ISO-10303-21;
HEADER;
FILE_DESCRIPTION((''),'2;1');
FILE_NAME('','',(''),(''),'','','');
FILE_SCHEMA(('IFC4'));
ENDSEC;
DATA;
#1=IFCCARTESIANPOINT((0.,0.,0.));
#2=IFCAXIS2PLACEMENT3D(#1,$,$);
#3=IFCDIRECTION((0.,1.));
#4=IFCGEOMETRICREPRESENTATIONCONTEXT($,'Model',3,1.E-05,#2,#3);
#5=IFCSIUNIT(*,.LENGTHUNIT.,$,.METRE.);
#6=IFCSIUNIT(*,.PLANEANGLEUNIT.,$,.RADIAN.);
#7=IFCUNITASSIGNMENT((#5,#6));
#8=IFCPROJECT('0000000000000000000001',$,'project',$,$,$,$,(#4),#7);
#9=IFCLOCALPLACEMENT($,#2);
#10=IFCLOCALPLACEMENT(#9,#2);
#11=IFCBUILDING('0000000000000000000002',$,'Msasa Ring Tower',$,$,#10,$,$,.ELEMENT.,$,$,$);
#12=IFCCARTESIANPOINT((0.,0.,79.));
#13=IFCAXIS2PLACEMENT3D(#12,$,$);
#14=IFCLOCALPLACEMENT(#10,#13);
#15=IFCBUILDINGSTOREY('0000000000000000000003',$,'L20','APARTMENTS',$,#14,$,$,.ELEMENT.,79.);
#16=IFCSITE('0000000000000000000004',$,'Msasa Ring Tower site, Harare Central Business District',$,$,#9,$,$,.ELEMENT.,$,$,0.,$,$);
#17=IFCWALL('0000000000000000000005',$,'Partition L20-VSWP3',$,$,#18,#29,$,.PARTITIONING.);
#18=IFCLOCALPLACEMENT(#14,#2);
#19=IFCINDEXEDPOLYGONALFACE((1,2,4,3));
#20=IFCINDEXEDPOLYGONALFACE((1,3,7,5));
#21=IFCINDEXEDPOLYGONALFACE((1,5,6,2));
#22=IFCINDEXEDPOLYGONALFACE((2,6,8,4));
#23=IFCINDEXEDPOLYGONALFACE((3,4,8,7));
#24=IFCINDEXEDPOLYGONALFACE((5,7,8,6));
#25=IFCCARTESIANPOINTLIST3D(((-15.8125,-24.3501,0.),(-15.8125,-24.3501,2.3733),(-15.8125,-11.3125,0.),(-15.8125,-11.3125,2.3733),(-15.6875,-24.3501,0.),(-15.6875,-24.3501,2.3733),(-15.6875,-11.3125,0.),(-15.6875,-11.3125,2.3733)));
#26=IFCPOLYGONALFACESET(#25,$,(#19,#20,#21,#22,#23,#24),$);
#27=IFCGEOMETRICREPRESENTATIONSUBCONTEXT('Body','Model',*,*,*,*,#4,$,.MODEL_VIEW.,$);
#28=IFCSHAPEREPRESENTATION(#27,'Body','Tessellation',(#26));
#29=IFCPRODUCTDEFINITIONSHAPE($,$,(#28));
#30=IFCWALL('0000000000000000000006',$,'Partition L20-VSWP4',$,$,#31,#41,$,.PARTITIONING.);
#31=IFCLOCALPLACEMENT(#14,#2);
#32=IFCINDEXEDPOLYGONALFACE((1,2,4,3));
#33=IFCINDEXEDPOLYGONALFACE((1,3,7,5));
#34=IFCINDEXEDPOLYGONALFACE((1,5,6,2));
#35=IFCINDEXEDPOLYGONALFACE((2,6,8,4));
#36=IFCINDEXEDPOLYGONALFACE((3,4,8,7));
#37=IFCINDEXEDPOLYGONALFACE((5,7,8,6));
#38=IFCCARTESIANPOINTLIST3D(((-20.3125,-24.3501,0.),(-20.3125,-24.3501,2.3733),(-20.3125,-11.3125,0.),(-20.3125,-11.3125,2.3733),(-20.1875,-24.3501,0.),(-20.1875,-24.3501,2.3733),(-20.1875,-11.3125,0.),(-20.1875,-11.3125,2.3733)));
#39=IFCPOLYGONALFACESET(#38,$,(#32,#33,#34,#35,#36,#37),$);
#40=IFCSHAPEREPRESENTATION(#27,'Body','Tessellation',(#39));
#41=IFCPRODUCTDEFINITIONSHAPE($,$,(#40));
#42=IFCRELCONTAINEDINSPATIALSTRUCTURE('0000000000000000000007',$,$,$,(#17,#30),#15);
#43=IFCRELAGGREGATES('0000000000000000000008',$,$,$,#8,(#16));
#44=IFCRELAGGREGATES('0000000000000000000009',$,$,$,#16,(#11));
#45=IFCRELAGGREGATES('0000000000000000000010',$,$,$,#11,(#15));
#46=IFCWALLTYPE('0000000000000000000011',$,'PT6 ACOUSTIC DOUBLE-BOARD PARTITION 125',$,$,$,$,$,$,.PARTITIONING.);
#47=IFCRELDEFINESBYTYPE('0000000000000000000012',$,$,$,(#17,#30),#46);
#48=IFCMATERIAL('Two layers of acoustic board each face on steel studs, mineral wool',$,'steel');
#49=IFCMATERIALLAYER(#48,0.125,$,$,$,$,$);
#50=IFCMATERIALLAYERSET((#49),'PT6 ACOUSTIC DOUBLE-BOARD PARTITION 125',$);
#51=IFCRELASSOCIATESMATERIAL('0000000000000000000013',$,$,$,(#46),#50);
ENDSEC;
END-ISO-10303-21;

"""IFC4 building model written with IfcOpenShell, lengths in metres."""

from ifc_helpers import new_model, si_unit, direction, frame, frame_2d, origin, place, context, subcontext, project, spatial, rectangle, extrude, material, layer, layer_set, type_object, element, save


model = new_model("IFC4")

# Units and contexts
model_context = context("Model", 3, precision=1e-05, world=origin(), true_north=direction((0.0, 1.0)))
body_context = subcontext(model_context, "Body", "Model", "MODEL_VIEW")
ifc_project = project(units=[si_unit("LENGTHUNIT", "METRE"), si_unit("PLANEANGLEUNIT", "RADIAN")], contexts=[model_context])

# Site, building, storey
site_placement = place(None, origin())
site = spatial("IfcSite", under=ifc_project, at=site_placement, Name="Msasa Ring Tower site, Harare Central Business District", CompositionType="ELEMENT", RefElevation=0.0)
building_placement = place(site_placement, origin())
building = spatial("IfcBuilding", under=site, at=building_placement, Name="Msasa Ring Tower", CompositionType="ELEMENT")
storey_placement = place(building_placement, frame((0.0, 0.0, 79.0)))
storey = spatial("IfcBuildingStorey", under=building, at=storey_placement, Name="L20", Description="APARTMENTS", CompositionType="ELEMENT", Elevation=79.0)

# Walls
ifc_material_1 = material(Name="Two layers of acoustic board each face on steel studs, mineral wool", Category="steel")
ifc_layer_1 = layer(ifc_material_1, 0.125)
ifc_layer_set_1 = layer_set([ifc_layer_1], Name="PT6 ACOUSTIC DOUBLE-BOARD PARTITION 125")
wall_type_1 = type_object("IfcWallType", Name="PT6 ACOUSTIC DOUBLE-BOARD PARTITION 125", PredefinedType="PARTITIONING", material=ifc_layer_set_1)
for number, where, z_axis, x_axis, name in (
    (1, (-15.75, -24.3501, 0.0), (0.0, 0.0, 1.0), (0.0, 1.0, 0.0), "Partition L20-VSWP3"),
    (2, (-20.25, -24.3501, 0.0), (0.0, 0.0, 1.0), (0.0, 1.0, 0.0), "Partition L20-VSWP4"),
):
    element("IfcWall", number, at=place(storey_placement, frame(where, z_axis=z_axis, x_axis=x_axis)), inside=storey, type_object=wall_type_1, Name=name, PredefinedType="PARTITIONING", context=body_context, shape_type="SweptSolid", body=[
        extrude(rectangle(XDim=13.0376, YDim=0.125, at=frame_2d((6.5188, 0.0))), origin(), (0.0, 0.0, 1.0), 2.3733),
    ])

save(model, "model.ifc")
